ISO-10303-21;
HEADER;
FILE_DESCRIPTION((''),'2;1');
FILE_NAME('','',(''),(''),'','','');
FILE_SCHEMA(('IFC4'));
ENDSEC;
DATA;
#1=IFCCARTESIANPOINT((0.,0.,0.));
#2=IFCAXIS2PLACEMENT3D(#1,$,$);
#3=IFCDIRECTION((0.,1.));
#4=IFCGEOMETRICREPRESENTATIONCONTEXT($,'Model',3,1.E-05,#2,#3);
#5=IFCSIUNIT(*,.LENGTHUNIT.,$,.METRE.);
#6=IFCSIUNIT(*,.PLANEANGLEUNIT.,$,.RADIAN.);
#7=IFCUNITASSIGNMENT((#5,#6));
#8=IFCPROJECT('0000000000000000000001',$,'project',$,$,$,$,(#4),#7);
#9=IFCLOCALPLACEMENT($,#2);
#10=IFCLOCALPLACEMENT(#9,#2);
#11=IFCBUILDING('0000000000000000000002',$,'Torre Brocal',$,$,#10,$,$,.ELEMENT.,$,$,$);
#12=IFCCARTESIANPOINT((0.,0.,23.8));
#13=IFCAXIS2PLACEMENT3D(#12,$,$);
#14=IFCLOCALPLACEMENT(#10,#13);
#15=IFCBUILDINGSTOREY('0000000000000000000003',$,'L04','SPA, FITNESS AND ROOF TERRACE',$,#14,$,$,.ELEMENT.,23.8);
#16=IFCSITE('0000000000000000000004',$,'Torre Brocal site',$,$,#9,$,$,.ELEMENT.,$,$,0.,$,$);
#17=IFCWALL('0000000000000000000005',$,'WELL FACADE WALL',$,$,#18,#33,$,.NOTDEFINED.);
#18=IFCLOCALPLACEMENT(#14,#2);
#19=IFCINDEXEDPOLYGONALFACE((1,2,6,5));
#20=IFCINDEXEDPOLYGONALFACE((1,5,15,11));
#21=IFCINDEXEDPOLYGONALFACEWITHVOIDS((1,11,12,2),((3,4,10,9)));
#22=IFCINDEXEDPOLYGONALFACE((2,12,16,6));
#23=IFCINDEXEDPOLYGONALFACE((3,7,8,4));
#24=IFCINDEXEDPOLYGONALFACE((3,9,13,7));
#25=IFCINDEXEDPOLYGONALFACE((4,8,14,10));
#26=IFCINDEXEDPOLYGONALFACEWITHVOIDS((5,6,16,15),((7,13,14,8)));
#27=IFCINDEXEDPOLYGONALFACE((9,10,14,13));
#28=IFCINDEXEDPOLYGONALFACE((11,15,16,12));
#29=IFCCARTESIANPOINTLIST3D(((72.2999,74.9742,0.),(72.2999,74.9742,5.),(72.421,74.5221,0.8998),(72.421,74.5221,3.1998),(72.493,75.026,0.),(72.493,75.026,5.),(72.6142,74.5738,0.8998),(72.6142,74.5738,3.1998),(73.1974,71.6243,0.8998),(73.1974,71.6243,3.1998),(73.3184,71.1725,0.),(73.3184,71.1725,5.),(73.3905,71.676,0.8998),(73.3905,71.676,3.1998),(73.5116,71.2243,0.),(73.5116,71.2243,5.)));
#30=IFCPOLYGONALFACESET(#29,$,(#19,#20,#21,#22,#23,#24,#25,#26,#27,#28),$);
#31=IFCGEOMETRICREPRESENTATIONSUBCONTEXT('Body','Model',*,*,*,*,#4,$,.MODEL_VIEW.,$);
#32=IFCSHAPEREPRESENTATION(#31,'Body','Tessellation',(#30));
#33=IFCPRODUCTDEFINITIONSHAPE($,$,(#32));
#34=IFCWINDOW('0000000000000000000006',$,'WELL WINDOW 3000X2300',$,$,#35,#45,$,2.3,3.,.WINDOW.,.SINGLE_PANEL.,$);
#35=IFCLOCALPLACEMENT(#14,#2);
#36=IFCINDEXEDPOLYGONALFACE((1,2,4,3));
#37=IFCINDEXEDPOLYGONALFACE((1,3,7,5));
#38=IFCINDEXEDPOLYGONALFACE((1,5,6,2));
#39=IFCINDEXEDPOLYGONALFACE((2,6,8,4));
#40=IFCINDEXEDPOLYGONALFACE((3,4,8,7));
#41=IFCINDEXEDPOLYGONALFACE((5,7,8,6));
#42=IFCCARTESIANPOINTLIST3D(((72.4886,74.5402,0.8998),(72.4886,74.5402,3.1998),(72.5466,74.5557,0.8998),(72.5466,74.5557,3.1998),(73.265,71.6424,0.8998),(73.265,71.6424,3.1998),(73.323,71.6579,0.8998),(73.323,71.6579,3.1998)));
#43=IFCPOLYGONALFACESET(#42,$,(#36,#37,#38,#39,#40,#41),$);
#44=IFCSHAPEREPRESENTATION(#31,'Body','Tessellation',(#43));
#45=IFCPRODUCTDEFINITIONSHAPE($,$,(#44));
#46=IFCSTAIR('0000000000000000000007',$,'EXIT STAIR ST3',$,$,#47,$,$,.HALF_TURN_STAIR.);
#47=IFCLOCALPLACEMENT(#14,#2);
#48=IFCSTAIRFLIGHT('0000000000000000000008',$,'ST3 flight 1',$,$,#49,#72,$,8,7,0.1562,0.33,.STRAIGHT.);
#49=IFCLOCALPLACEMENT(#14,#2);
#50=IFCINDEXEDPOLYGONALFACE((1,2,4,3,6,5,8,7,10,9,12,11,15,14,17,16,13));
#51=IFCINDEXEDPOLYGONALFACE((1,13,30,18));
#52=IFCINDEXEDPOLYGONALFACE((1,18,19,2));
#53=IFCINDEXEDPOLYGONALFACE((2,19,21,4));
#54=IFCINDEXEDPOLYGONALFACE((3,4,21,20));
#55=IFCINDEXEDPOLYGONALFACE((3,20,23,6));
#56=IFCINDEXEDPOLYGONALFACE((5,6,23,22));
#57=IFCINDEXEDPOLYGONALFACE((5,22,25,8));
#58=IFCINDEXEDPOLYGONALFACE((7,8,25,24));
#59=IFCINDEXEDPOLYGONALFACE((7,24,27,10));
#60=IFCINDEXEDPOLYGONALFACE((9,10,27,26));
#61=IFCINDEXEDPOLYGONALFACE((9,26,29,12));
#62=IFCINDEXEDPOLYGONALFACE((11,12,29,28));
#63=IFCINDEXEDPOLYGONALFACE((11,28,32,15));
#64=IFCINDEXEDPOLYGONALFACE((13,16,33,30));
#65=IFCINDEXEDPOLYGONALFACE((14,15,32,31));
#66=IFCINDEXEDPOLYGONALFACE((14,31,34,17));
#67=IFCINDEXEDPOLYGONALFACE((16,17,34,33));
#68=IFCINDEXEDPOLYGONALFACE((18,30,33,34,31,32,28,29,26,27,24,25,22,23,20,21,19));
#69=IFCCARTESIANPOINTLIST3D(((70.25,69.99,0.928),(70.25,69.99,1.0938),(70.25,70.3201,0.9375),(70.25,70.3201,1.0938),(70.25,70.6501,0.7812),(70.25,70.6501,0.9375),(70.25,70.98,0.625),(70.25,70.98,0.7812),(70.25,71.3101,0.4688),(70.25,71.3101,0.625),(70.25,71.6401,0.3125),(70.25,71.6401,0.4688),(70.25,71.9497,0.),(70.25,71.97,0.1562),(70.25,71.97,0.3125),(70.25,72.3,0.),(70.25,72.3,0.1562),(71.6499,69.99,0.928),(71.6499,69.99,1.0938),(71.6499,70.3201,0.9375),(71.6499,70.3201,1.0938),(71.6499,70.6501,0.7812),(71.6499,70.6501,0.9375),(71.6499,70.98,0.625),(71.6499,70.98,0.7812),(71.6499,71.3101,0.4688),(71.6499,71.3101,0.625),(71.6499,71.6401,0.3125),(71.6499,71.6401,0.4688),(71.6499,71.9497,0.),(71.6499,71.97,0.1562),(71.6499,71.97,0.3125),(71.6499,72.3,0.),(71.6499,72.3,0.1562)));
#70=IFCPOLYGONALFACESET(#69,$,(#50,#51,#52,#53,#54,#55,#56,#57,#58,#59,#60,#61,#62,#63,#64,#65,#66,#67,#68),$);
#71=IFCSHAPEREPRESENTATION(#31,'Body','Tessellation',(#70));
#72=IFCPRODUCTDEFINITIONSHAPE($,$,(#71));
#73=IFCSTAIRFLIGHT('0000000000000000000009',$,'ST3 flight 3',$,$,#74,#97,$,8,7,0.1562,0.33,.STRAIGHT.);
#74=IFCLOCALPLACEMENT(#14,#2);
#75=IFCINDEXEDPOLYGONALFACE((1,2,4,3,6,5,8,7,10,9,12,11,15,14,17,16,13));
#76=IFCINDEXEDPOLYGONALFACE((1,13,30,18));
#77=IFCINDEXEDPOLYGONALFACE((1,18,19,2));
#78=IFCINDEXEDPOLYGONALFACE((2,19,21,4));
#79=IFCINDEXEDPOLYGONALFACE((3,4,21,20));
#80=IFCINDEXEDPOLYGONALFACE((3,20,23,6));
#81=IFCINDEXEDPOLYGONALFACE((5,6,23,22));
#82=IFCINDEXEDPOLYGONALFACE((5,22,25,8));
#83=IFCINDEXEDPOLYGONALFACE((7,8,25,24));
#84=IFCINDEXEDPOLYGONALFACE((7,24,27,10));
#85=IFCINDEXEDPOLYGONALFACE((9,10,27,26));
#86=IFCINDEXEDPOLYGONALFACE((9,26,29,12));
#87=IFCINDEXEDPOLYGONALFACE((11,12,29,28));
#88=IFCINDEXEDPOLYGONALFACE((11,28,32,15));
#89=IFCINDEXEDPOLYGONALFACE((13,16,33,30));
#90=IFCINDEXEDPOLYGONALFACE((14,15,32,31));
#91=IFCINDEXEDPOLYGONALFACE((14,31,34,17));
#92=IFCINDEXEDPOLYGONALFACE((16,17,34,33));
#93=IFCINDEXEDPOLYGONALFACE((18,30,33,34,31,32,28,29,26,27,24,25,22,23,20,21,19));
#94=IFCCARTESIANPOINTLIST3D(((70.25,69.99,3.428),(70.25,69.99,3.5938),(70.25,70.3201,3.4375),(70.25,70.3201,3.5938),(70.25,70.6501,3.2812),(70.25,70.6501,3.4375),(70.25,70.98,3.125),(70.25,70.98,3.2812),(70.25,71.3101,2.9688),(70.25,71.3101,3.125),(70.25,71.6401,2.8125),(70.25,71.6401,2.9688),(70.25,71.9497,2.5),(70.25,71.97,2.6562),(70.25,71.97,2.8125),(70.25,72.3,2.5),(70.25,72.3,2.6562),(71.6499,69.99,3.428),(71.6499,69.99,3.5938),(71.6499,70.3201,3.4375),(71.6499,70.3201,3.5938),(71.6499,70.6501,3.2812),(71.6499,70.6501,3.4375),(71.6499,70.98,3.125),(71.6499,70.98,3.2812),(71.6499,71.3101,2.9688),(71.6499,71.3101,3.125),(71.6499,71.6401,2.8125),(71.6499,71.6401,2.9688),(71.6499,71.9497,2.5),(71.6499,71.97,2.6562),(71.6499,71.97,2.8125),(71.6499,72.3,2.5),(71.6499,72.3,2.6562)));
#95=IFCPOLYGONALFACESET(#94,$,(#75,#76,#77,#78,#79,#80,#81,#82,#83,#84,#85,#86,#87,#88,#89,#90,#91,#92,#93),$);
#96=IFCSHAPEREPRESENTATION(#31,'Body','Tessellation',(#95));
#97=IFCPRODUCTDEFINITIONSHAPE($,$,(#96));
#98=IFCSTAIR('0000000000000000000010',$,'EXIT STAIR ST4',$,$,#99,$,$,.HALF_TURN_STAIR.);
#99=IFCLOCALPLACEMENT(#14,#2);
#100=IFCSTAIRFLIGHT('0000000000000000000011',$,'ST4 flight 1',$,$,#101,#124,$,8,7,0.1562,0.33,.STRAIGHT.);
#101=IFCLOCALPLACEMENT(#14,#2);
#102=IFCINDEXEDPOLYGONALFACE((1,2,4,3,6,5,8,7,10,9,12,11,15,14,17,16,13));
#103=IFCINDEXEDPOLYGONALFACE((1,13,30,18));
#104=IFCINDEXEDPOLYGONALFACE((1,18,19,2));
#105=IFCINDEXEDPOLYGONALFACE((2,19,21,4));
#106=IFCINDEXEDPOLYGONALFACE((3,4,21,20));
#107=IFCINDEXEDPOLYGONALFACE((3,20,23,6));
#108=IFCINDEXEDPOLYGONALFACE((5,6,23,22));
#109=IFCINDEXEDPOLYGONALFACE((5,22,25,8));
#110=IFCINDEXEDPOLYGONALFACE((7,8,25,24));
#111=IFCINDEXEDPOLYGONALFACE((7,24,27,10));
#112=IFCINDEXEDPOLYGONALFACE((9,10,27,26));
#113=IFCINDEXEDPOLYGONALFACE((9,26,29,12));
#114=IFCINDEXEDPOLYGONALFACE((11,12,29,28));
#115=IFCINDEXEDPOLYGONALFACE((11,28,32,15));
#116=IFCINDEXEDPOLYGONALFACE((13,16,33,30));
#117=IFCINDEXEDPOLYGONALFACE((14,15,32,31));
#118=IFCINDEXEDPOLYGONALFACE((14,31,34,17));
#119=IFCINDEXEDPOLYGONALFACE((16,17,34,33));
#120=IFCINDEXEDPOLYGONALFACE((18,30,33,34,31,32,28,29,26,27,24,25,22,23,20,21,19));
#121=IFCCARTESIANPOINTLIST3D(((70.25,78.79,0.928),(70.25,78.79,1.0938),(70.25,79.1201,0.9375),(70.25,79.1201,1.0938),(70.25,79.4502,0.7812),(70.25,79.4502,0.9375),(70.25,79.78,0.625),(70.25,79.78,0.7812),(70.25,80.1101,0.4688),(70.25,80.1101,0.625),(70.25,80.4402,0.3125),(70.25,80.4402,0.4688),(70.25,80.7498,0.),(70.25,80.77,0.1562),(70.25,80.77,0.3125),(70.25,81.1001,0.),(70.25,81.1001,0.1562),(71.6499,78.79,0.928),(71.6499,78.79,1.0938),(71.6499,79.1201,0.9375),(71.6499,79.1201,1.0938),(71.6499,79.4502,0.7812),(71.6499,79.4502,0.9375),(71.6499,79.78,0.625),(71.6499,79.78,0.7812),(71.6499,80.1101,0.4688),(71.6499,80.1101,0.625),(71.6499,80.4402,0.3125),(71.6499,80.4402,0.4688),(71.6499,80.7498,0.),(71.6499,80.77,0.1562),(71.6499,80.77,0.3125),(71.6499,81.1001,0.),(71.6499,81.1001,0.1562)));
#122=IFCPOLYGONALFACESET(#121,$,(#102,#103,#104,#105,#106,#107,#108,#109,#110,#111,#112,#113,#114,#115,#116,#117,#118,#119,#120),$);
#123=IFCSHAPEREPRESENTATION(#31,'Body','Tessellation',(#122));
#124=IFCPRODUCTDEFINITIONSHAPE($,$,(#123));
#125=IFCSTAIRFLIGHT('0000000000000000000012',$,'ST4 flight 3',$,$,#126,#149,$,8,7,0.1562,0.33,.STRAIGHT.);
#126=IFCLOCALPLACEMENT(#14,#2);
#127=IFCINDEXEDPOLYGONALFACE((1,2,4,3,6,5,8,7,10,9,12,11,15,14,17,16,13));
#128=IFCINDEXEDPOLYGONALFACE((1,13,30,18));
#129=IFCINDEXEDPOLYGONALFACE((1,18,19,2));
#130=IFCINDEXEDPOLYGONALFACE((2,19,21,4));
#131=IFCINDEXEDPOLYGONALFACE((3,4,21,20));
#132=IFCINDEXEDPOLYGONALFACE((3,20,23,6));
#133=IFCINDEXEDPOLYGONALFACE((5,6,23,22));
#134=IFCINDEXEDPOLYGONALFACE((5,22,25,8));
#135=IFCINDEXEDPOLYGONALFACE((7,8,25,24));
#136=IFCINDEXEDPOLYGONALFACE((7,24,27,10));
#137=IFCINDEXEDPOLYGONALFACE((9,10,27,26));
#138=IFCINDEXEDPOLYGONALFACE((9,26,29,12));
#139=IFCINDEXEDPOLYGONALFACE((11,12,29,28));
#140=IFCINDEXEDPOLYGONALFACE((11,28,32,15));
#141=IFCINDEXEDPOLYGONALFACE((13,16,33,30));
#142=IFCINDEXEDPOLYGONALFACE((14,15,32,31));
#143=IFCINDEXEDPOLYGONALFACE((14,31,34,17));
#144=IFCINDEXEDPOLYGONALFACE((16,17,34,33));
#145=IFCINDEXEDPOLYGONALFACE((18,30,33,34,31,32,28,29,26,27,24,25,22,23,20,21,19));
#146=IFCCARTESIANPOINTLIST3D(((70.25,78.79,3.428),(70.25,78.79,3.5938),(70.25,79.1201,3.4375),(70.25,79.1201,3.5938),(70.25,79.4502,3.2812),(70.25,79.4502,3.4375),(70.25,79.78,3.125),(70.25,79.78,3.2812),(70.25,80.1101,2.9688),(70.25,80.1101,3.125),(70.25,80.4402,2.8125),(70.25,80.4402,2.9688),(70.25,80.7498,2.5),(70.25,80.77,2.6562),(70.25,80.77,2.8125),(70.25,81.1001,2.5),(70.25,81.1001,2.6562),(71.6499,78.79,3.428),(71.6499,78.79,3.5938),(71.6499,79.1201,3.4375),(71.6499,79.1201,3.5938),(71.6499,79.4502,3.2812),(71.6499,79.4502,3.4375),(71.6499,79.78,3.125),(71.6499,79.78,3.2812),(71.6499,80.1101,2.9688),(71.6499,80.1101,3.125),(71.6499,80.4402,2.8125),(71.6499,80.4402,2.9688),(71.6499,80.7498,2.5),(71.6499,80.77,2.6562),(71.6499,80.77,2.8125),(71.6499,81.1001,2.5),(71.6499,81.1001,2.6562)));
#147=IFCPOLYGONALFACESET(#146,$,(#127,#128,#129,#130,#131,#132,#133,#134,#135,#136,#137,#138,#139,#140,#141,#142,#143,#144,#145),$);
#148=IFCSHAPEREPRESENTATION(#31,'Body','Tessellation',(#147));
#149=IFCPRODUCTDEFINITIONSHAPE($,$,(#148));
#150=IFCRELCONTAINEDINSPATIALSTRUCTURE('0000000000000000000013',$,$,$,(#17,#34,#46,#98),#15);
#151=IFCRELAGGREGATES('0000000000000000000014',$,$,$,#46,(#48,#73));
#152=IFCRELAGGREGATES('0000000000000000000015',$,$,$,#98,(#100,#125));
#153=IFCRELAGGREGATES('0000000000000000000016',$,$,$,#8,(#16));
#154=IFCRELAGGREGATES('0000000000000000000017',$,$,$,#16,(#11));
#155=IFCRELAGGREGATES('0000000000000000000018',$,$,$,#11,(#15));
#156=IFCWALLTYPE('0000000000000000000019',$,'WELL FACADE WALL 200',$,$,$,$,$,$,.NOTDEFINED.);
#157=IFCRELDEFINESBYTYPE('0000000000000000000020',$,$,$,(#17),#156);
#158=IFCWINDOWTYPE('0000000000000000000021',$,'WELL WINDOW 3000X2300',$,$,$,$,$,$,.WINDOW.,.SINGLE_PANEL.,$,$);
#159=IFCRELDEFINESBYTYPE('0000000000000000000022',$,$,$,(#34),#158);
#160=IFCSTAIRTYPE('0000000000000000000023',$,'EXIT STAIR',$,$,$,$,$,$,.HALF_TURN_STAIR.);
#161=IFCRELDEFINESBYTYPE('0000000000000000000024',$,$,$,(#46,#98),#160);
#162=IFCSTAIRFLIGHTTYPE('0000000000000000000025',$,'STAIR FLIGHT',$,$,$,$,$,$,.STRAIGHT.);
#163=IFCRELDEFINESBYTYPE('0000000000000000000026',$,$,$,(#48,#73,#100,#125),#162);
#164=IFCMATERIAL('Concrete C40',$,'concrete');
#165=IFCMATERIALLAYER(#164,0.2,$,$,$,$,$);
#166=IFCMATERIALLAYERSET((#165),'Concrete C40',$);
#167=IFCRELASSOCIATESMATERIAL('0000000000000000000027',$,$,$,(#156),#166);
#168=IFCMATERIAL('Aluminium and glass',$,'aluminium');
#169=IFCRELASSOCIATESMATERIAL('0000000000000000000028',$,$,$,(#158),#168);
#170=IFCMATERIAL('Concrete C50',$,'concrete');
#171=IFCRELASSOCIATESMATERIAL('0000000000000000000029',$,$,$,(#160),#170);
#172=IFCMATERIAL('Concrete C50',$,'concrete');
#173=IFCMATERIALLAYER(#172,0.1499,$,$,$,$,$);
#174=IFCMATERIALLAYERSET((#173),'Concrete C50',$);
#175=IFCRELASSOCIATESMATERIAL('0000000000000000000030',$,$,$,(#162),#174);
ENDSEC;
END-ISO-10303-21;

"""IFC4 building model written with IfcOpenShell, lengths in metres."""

from ifc_helpers import new_model, si_unit, direction, frame, frame_2d, origin, place, context, subcontext, project, spatial, polyline, rectangle, outline, extrude, material, layer, layer_set, type_object, element, fill, aggregate, save


model = new_model("IFC4")

# Units and contexts
model_context = context("Model", 3, precision=1e-05, world=origin(), true_north=direction((0.0, 1.0)))
body_context = subcontext(model_context, "Body", "Model", "MODEL_VIEW")
ifc_project = project(units=[si_unit("LENGTHUNIT", "METRE"), si_unit("PLANEANGLEUNIT", "RADIAN")], contexts=[model_context])

# Site, building, storey
site_placement = place(None, origin())
site = spatial("IfcSite", under=ifc_project, at=site_placement, Name="Torre Brocal site", CompositionType="ELEMENT", RefElevation=0.0)
building_placement = place(site_placement, origin())
building = spatial("IfcBuilding", under=site, at=building_placement, Name="Torre Brocal", CompositionType="ELEMENT")
storey_placement = place(building_placement, frame((0.0, 0.0, 23.8)))
storey = spatial("IfcBuildingStorey", under=building, at=storey_placement, Name="L04", Description="SPA, FITNESS AND ROOF TERRACE", CompositionType="ELEMENT", Elevation=23.8)

# Wall, opening, window
ifc_material_1 = material(Name="Concrete C40", Category="concrete")
ifc_layer_1 = layer(ifc_material_1, 0.2)
ifc_layer_set_1 = layer_set([ifc_layer_1], Name="Concrete C40")
wall_type_1 = type_object("IfcWallType", Name="WELL FACADE WALL 200", PredefinedType="NOTDEFINED", material=ifc_layer_set_1)
ifc_material_2 = material(Name="Aluminium and glass", Category="aluminium")
window_type = type_object("IfcWindowType", Name="WELL WINDOW 3000X2300", PartitioningType="SINGLE_PANEL", PredefinedType="WINDOW", material=ifc_material_2)
wall_1_placement = place(storey_placement, frame((72.3965, 75.0, 0.0), z_axis=(0.0, 0.0, 1.0), x_axis=(0.25879, -0.965934, 0.0)))
wall_1 = element("IfcWall", 1, at=wall_1_placement, inside=storey, type_object=wall_type_1, Name="WELL FACADE WALL", PredefinedType="NOTDEFINED", context=body_context, shape_type="SweptSolid", body=[
    extrude(rectangle(XDim=3.9358, YDim=0.2, at=frame_2d((1.9678, 0.0))), origin(), (0.0, 0.0, 1.0), 5.0),
])
opening_1_placement = place(wall_1_placement, frame((0.468, 0.0, 0.8999)))
opening_1 = element("IfcOpeningElement", 2, at=opening_1_placement, cuts=wall_1, PredefinedType="OPENING", context=body_context, shape_type="SweptSolid", body=[
    extrude(rectangle(XDim=3.0, YDim=2.3, at=frame_2d((1.5, 1.1499))), frame((0.0, 0.1099, 0.0), z_axis=(0.0, -1.0, 0.0), x_axis=(1.0, 0.0, 0.0)), (0.0, 0.0, 1.0), 0.22),
])
window_1_placement = place(opening_1_placement, origin())
window_1 = element("IfcWindow", 3, at=window_1_placement, inside=storey, type_object=window_type, Name="WELL WINDOW 3000X2300", OverallHeight=2.3, OverallWidth=3.0, PartitioningType="SINGLE_PANEL", PredefinedType="WINDOW", context=body_context, shape_type="SweptSolid", body=[
    extrude(rectangle(XDim=3.0, YDim=2.3, at=frame_2d((1.5, 1.1499))), frame((0.0, 0.03, 0.0), z_axis=(0.0, -1.0, 0.0), x_axis=(1.0, 0.0, 0.0)), (0.0, 0.0, 1.0), 0.0601),
])
fill(opening_1, window_1)

# Stairs, stair flights
ifc_material_3 = material(Name="Concrete C50", Category="concrete")
stair_type = type_object("IfcStairType", Name="EXIT STAIR", PredefinedType="HALF_TURN_STAIR", material=ifc_material_3)
stair_1_placement = place(storey_placement, origin())
stair_1 = element("IfcStair", 4, at=stair_1_placement, inside=storey, type_object=stair_type, Name="EXIT STAIR ST3", PredefinedType="HALF_TURN_STAIR")
ifc_material_4 = material(Name="Concrete C50", Category="concrete")
ifc_layer_2 = layer(ifc_material_4, 0.1499)
ifc_layer_set_2 = layer_set([ifc_layer_2], Name="Concrete C50")
stair_flight_type = type_object("IfcStairFlightType", Name="STAIR FLIGHT", PredefinedType="STRAIGHT", material=ifc_layer_set_2)
stair_flight_1_placement = place(storey_placement, frame((70.95, 72.3, 0.0), z_axis=(0.0, 0.0, 1.0), x_axis=(0.0, -1.0, 0.0)))
stair_flight_1 = element("IfcStairFlight", 5, at=stair_flight_1_placement, type_object=stair_flight_type, Name="ST3 flight 1", NumberOfRisers=8, NumberOfTreads=7, PredefinedType="STRAIGHT", RiserHeight=0.1562, TreadLength=0.33, context=body_context, shape_type="SweptSolid", body=[
    extrude(outline(polyline([(0.0, 0.0), (0.0, 0.1562), (0.3301, 0.1562), (0.3301, 0.3125), (0.6599, 0.3125), (0.6599, 0.4688), (0.99, 0.4688), (0.99, 0.625), (1.3201, 0.625), (1.3201, 0.7812), (1.6499, 0.7812), (1.6499, 0.9375), (1.98, 0.9375), (1.98, 1.0938), (2.3101, 1.0938), (2.3101, 1.25), (2.3101, 0.928), (0.3503, 0.0), (0.0, 0.0)])), frame((0.0, 0.7, 0.0), z_axis=(0.0, -1.0, 0.0), x_axis=(1.0, 0.0, 0.0)), (0.0, 0.0, 1.0), 1.3999),
])
stair_flight_2_placement = place(storey_placement, frame((70.95, 72.3, 2.5), z_axis=(0.0, 0.0, 1.0), x_axis=(0.0, -1.0, 0.0)))
stair_flight_2 = element("IfcStairFlight", 6, at=stair_flight_2_placement, type_object=stair_flight_type, Name="ST3 flight 3", NumberOfRisers=8, NumberOfTreads=7, PredefinedType="STRAIGHT", RiserHeight=0.1562, TreadLength=0.33, context=body_context, shape_type="SweptSolid", body=[
    extrude(outline(polyline([(0.0, 0.0), (0.0, 0.1562), (0.3301, 0.1562), (0.3301, 0.3125), (0.6599, 0.3125), (0.6599, 0.4688), (0.99, 0.4688), (0.99, 0.625), (1.3201, 0.625), (1.3201, 0.7812), (1.6499, 0.7812), (1.6499, 0.9375), (1.98, 0.9375), (1.98, 1.0938), (2.3101, 1.0938), (2.3101, 1.25), (2.3101, 0.928), (0.3503, 0.0), (0.0, 0.0)])), frame((0.0, 0.7, 0.0), z_axis=(0.0, -1.0, 0.0), x_axis=(1.0, 0.0, 0.0)), (0.0, 0.0, 1.0), 1.3999),
])
aggregate(stair_1, [stair_flight_1, stair_flight_2])
stair_2_placement = place(storey_placement, origin())
stair_2 = element("IfcStair", 7, at=stair_2_placement, inside=storey, type_object=stair_type, Name="EXIT STAIR ST4", PredefinedType="HALF_TURN_STAIR")
stair_flight_3_placement = place(storey_placement, frame((70.95, 81.1001, 0.0), z_axis=(0.0, 0.0, 1.0), x_axis=(0.0, -1.0, 0.0)))
stair_flight_3 = element("IfcStairFlight", 8, at=stair_flight_3_placement, type_object=stair_flight_type, Name="ST4 flight 1", NumberOfRisers=8, NumberOfTreads=7, PredefinedType="STRAIGHT", RiserHeight=0.1562, TreadLength=0.33, context=body_context, shape_type="SweptSolid", body=[
    extrude(outline(polyline([(0.0, 0.0), (0.0, 0.1562), (0.3301, 0.1562), (0.3301, 0.3125), (0.6599, 0.3125), (0.6599, 0.4688), (0.99, 0.4688), (0.99, 0.625), (1.3201, 0.625), (1.3201, 0.7812), (1.6499, 0.7812), (1.6499, 0.9375), (1.98, 0.9375), (1.98, 1.0938), (2.3101, 1.0938), (2.3101, 1.25), (2.3101, 0.928), (0.3503, 0.0), (0.0, 0.0)])), frame((0.0, 0.7, 0.0), z_axis=(0.0, -1.0, 0.0), x_axis=(1.0, 0.0, 0.0)), (0.0, 0.0, 1.0), 1.3999),
])
stair_flight_4_placement = place(storey_placement, frame((70.95, 81.1001, 2.5), z_axis=(0.0, 0.0, 1.0), x_axis=(0.0, -1.0, 0.0)))
stair_flight_4 = element("IfcStairFlight", 9, at=stair_flight_4_placement, type_object=stair_flight_type, Name="ST4 flight 3", NumberOfRisers=8, NumberOfTreads=7, PredefinedType="STRAIGHT", RiserHeight=0.1562, TreadLength=0.33, context=body_context, shape_type="SweptSolid", body=[
    extrude(outline(polyline([(0.0, 0.0), (0.0, 0.1562), (0.3301, 0.1562), (0.3301, 0.3125), (0.6599, 0.3125), (0.6599, 0.4688), (0.99, 0.4688), (0.99, 0.625), (1.3201, 0.625), (1.3201, 0.7812), (1.6499, 0.7812), (1.6499, 0.9375), (1.98, 0.9375), (1.98, 1.0938), (2.3101, 1.0938), (2.3101, 1.25), (2.3101, 0.928), (0.3503, 0.0), (0.0, 0.0)])), frame((0.0, 0.7, 0.0), z_axis=(0.0, -1.0, 0.0), x_axis=(1.0, 0.0, 0.0)), (0.0, 0.0, 1.0), 1.3999),
])
aggregate(stair_2, [stair_flight_3, stair_flight_4])

save(model, "model.ifc")
